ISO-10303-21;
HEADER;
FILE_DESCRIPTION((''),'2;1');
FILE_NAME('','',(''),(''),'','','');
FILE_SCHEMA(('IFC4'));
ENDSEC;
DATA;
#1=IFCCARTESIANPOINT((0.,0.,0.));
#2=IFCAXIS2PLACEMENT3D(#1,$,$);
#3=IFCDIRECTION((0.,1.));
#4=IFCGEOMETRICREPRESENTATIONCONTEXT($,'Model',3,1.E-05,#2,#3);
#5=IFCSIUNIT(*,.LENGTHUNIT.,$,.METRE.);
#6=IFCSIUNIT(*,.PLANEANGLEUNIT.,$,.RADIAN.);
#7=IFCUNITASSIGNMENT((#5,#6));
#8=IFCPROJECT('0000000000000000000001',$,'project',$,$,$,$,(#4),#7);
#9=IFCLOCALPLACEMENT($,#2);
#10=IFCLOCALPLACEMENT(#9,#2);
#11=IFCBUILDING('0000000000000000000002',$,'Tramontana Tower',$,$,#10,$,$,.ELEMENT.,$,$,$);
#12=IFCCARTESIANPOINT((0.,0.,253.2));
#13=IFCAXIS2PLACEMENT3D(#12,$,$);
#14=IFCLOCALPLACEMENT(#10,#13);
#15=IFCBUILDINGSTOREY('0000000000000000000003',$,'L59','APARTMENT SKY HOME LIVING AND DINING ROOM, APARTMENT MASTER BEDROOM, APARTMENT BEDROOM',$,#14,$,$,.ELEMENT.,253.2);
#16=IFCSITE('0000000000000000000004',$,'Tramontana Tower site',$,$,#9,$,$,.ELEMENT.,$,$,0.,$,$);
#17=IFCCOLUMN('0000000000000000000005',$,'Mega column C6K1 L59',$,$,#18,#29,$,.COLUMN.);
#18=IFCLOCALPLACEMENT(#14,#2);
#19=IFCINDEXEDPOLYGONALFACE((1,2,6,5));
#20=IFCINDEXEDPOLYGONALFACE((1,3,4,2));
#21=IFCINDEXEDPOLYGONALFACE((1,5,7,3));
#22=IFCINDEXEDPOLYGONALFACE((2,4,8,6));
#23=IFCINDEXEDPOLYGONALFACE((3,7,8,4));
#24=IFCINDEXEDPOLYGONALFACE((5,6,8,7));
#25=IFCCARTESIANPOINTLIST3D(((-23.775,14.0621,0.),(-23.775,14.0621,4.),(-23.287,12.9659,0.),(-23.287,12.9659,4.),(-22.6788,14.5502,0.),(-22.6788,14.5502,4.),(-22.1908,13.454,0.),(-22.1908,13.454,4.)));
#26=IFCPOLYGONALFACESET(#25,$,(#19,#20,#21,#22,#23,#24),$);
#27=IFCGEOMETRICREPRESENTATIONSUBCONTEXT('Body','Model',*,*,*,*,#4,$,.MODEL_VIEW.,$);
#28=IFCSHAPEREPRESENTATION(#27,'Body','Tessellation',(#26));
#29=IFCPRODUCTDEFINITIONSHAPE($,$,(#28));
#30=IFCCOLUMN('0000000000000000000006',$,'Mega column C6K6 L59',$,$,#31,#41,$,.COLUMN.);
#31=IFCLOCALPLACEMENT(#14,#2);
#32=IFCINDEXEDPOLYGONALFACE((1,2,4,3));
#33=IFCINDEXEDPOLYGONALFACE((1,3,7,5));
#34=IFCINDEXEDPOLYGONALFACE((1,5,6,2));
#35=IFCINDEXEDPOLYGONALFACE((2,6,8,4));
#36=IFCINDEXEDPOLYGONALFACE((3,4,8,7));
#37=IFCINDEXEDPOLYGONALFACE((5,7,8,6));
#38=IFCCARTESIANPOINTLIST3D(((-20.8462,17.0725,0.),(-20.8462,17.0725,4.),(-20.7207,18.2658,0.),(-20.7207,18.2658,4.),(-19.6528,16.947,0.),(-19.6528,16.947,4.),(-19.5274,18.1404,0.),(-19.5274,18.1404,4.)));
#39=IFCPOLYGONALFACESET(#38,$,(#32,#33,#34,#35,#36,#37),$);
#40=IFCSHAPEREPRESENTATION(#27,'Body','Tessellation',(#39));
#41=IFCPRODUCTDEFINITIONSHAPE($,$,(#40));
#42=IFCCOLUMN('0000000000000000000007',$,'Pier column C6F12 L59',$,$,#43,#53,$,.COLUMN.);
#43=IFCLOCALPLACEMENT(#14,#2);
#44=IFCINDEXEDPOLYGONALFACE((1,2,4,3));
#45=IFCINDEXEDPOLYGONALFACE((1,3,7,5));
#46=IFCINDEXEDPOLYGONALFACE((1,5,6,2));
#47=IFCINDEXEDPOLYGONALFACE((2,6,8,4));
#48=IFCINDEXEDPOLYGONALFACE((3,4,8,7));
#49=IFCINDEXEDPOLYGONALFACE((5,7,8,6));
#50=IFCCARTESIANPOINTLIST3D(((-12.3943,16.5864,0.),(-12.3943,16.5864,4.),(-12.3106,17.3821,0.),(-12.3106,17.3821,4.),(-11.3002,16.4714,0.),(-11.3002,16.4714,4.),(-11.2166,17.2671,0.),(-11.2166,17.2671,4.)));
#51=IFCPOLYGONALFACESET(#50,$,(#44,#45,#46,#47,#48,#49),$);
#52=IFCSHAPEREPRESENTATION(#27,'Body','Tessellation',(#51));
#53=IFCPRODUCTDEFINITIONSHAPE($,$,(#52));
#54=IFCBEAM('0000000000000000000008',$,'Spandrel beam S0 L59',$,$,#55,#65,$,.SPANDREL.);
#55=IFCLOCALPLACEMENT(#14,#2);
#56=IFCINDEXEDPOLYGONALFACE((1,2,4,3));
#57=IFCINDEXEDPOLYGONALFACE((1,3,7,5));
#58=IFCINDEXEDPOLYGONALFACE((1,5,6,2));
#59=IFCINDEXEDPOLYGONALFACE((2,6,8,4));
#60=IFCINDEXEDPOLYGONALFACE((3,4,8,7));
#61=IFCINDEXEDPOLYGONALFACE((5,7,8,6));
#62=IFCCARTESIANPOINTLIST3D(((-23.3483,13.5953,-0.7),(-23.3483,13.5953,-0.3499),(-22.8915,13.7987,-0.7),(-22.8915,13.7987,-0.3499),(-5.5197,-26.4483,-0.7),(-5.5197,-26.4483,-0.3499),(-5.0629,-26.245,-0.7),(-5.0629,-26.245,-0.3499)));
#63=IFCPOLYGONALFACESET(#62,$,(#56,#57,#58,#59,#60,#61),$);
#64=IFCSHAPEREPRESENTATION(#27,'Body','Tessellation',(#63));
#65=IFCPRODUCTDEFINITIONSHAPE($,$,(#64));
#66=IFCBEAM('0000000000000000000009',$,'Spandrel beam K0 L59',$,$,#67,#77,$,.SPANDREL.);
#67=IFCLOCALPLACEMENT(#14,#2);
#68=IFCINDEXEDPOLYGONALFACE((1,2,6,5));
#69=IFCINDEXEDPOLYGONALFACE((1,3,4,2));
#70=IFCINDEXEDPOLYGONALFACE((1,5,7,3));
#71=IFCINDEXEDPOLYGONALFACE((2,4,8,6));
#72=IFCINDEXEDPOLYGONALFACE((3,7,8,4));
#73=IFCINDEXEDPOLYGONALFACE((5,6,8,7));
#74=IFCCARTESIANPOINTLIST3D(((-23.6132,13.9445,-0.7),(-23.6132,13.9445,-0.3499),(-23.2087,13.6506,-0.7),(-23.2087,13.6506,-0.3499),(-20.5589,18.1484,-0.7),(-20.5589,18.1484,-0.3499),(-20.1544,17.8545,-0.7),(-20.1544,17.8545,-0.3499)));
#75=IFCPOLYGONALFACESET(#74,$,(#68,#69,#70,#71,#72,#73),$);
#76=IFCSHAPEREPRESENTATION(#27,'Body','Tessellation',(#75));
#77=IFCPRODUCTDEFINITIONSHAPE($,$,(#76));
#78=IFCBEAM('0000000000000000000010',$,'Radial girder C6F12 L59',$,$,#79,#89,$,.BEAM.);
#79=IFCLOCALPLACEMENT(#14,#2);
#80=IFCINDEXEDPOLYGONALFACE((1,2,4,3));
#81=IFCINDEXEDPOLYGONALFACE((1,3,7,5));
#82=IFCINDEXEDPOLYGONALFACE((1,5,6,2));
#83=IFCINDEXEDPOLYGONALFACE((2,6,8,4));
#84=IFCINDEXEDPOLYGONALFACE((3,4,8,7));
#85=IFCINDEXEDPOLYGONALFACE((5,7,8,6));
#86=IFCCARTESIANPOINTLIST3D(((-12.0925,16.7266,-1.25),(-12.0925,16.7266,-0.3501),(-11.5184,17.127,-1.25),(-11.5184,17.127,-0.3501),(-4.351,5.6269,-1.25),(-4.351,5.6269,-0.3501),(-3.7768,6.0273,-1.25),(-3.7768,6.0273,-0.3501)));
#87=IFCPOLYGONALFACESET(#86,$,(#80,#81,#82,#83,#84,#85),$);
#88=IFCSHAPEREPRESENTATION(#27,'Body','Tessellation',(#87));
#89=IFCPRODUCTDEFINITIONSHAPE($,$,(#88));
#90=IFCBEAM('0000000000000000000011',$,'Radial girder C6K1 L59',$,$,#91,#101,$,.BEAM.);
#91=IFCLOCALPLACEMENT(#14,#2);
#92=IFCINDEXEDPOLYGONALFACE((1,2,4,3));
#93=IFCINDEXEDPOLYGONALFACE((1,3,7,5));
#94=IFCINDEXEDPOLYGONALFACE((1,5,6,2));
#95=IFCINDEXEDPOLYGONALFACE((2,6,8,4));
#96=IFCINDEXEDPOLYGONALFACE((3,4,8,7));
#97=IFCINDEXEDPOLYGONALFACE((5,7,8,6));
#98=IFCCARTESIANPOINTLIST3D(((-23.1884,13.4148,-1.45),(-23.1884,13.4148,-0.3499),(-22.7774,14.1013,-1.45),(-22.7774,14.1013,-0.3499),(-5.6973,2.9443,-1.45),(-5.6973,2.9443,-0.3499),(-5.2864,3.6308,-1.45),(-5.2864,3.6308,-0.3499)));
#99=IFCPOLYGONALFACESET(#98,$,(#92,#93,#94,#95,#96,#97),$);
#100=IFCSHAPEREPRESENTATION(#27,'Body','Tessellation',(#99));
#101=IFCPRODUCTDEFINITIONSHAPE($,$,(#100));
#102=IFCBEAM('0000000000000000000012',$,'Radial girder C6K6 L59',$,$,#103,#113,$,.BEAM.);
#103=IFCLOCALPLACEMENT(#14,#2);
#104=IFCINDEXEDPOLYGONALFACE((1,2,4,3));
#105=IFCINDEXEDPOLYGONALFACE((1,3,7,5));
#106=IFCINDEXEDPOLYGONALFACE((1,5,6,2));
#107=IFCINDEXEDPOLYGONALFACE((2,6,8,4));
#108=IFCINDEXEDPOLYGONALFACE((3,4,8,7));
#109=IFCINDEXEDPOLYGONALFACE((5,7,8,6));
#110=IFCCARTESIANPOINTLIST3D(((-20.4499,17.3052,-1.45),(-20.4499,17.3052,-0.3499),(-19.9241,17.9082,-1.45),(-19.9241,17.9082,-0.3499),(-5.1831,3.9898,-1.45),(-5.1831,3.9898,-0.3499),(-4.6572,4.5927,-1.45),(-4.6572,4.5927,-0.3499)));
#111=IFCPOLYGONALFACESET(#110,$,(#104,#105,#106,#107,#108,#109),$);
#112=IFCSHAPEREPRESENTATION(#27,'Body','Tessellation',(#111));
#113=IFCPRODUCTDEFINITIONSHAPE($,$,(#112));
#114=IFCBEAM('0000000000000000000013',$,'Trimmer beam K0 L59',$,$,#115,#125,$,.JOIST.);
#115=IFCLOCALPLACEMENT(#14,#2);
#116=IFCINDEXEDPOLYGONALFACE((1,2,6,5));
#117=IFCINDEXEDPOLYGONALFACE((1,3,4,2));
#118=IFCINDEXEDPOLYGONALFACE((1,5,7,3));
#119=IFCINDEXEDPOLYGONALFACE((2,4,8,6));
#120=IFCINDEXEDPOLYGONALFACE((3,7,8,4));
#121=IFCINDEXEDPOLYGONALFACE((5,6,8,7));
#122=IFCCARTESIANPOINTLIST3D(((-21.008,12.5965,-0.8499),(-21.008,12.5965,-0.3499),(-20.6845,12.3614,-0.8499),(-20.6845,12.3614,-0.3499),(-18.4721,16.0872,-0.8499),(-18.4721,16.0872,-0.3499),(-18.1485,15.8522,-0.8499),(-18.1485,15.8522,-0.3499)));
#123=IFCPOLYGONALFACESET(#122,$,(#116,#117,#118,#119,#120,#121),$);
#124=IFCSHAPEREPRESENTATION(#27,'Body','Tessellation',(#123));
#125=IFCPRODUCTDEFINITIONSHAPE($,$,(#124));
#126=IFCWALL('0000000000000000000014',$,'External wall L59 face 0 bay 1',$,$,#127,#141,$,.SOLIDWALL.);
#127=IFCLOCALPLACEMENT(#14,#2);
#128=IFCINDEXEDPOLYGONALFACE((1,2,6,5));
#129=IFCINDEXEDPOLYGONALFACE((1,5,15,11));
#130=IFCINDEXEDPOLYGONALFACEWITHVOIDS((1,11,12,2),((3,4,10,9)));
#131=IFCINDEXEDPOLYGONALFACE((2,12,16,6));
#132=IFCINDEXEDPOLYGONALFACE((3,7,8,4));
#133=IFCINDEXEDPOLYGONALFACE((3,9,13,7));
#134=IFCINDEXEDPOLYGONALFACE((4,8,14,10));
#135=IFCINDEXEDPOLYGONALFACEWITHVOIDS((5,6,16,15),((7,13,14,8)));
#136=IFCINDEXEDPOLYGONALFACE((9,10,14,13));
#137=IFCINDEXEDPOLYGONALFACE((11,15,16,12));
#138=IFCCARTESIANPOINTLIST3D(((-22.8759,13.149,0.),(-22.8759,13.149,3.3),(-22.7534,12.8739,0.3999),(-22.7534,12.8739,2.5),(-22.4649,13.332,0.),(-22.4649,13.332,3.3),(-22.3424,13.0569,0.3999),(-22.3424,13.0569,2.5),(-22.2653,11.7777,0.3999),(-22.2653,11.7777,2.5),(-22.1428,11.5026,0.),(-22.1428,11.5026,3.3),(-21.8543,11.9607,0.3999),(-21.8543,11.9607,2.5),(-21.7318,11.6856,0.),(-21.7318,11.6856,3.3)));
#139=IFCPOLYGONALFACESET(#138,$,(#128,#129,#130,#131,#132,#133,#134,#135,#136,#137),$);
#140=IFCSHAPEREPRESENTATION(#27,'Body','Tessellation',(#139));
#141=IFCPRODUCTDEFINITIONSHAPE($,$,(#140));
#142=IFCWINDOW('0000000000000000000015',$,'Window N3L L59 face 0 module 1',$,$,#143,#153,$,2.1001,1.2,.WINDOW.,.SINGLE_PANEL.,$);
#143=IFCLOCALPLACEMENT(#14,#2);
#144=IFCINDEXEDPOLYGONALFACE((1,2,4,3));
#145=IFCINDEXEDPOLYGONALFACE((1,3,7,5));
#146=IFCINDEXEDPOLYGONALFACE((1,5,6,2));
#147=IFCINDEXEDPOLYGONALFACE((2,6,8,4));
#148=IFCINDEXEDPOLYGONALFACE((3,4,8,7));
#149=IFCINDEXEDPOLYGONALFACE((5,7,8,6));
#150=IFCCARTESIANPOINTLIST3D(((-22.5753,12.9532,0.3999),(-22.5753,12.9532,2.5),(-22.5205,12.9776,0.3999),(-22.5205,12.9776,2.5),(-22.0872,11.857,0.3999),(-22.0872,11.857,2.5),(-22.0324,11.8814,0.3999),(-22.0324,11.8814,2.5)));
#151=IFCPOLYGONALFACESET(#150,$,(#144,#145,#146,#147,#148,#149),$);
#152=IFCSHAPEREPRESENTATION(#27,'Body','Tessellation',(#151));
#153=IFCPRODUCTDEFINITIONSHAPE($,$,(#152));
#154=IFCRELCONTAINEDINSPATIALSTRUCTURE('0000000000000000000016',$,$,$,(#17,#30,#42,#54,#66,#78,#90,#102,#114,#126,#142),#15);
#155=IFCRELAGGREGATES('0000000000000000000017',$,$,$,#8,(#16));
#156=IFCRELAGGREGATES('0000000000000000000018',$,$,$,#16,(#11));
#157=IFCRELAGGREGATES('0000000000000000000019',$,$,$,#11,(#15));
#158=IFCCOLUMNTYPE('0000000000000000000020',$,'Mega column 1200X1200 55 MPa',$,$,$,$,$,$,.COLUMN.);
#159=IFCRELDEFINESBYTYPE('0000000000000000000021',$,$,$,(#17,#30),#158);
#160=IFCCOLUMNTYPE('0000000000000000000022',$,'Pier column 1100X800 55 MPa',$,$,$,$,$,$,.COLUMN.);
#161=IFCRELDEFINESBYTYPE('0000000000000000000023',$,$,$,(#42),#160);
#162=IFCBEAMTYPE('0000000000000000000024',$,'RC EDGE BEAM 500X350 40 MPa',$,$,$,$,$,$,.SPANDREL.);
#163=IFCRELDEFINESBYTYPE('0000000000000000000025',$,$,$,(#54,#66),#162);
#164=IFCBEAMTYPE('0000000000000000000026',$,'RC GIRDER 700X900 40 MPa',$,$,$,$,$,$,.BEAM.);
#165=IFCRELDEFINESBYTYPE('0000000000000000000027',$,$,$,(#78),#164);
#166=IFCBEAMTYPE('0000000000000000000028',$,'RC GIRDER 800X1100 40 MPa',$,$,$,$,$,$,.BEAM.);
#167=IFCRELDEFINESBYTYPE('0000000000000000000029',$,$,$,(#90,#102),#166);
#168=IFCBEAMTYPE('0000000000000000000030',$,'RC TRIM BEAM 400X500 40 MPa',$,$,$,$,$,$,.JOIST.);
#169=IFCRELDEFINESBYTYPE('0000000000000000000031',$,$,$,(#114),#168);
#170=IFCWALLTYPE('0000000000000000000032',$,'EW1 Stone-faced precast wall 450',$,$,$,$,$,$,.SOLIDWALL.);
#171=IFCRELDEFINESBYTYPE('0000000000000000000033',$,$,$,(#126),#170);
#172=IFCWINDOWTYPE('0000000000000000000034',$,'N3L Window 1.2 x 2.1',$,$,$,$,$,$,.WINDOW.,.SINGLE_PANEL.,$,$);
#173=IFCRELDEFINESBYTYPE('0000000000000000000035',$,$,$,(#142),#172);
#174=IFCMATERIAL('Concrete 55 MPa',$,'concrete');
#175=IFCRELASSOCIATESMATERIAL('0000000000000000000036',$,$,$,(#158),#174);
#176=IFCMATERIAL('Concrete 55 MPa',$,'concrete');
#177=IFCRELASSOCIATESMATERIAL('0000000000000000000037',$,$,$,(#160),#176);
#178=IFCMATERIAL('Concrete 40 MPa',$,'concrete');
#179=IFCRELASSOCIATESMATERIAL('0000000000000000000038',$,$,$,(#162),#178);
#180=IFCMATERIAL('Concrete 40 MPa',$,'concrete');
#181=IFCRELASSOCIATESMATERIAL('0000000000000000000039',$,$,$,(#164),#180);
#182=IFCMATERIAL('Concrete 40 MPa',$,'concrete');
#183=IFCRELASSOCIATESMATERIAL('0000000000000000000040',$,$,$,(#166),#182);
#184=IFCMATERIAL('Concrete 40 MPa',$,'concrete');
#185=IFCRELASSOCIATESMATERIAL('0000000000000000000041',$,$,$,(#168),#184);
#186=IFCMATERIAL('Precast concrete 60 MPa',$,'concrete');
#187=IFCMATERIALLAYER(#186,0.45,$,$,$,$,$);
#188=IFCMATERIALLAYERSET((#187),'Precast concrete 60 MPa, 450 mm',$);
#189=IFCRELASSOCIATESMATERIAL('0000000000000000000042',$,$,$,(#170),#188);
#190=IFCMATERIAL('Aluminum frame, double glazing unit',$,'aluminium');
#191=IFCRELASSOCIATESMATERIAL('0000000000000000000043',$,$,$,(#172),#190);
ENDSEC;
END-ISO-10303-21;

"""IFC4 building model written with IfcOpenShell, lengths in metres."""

from ifc_helpers import new_model, si_unit, direction, frame, frame_2d, origin, origin_2d, place, context, subcontext, project, spatial, rectangle, extrude, material, layer, layer_set, material_profile, profile_set, type_object, element, fill, save


model = new_model("IFC4")

# Units and contexts
model_context = context("Model", 3, precision=1e-05, world=origin(), true_north=direction((0.0, 1.0)))
body_context = subcontext(model_context, "Body", "Model", "MODEL_VIEW")
ifc_project = project(units=[si_unit("LENGTHUNIT", "METRE"), si_unit("PLANEANGLEUNIT", "RADIAN")], contexts=[model_context])

# Site, building, storey
site_placement = place(None, origin())
site = spatial("IfcSite", under=ifc_project, at=site_placement, Name="Tramontana Tower site", CompositionType="ELEMENT", RefElevation=0.0)
building_placement = place(site_placement, origin())
building = spatial("IfcBuilding", under=site, at=building_placement, Name="Tramontana Tower", CompositionType="ELEMENT")
storey_placement = place(building_placement, frame((0.0, 0.0, 253.2)))
storey = spatial("IfcBuildingStorey", under=building, at=storey_placement, Name="L59", Description="APARTMENT SKY HOME LIVING AND DINING ROOM, APARTMENT MASTER BEDROOM, APARTMENT BEDROOM", CompositionType="ELEMENT", Elevation=253.2)

# Columns
ifc_material_1 = material(Name="Concrete 55 MPa", Category="concrete")
ifc_material_profile_1 = material_profile(ifc_material_1, rectangle(XDim=1.2, YDim=1.2, at=origin_2d()), Name="Mega column 1200X1200 55 MPa")
ifc_profile_set_1 = profile_set([ifc_material_profile_1], Name="Concrete 55 MPa")
column_type_1 = type_object("IfcColumnType", Name="Mega column 1200X1200 55 MPa", PredefinedType="COLUMN", material=ifc_profile_set_1)
for number, where, z_axis, x_axis, name in (
    (1, (-22.9829, 13.7581, 0.0), (0.0, 0.0, 1.0), (0.406737, -0.913545, 0.0), "Mega column C6K1 L59"),
    (2, (-20.1868, 17.6064, 0.0), (0.0, 0.0, 1.0), (-0.994522, 0.104528, 0.0), "Mega column C6K6 L59"),
):
    element("IfcColumn", number, at=place(storey_placement, frame(where, z_axis=z_axis, x_axis=x_axis)), inside=storey, type_object=column_type_1, Name=name, PredefinedType="COLUMN", context=body_context, shape_type="SweptSolid", body=[
        extrude(rectangle(XDim=1.2, YDim=1.2, at=origin_2d()), origin(), (0.0, 0.0, 1.0), 4.0),
    ])
ifc_material_2 = material(Name="Concrete 55 MPa", Category="concrete")
ifc_material_profile_2 = material_profile(ifc_material_2, rectangle(XDim=1.1001, YDim=0.8, at=origin_2d()), Name="Pier column 1100X800 55 MPa")
ifc_profile_set_2 = profile_set([ifc_material_profile_2], Name="Concrete 55 MPa")
column_type_2 = type_object("IfcColumnType", Name="Pier column 1100X800 55 MPa", PredefinedType="COLUMN", material=ifc_profile_set_2)
column_placement = place(storey_placement, frame((-11.8054, 16.9268, 0.0), z_axis=(0.0, 0.0, 1.0), x_axis=(-0.994522, 0.104528, 0.0)))
element("IfcColumn", 3, at=column_placement, inside=storey, type_object=column_type_2, Name="Pier column C6F12 L59", PredefinedType="COLUMN", context=body_context, shape_type="SweptSolid", body=[
    extrude(rectangle(XDim=1.1001, YDim=0.8, at=origin_2d()), origin(), (0.0, 0.0, 1.0), 4.0),
])

# Beams
ifc_material_3 = material(Name="Concrete 40 MPa", Category="concrete")
ifc_material_profile_3 = material_profile(ifc_material_3, rectangle(XDim=0.5, YDim=0.3501, at=origin_2d()), Name="RC EDGE BEAM 500X350 40 MPa")
ifc_profile_set_3 = profile_set([ifc_material_profile_3], Name="Concrete 40 MPa")
beam_type_1 = type_object("IfcBeamType", Name="RC EDGE BEAM 500X350 40 MPa", PredefinedType="SPANDREL", material=ifc_profile_set_3)
beam_1_placement = place(storey_placement, frame((-23.1199, 13.697, -0.5249), z_axis=(0.406737, -0.913545, 0.0), x_axis=(0.913545, 0.406737, 0.0)))
element("IfcBeam", 4, at=beam_1_placement, inside=storey, type_object=beam_type_1, Name="Spandrel beam S0 L59", PredefinedType="SPANDREL", context=body_context, shape_type="SweptSolid", body=[
    extrude(rectangle(XDim=0.5, YDim=0.3501, at=origin_2d()), origin(), (0.0, 0.0, 1.0), 43.8333),
])
beam_2_placement = place(storey_placement, frame((-20.3567, 18.0015, -0.5249), z_axis=(-0.587775, -0.809024, 0.0), x_axis=(0.809024, -0.587775, 0.0)))
element("IfcBeam", 5, at=beam_2_placement, inside=storey, type_object=beam_type_1, Name="Spandrel beam K0 L59", PredefinedType="SPANDREL", context=body_context, shape_type="SweptSolid", body=[
    extrude(rectangle(XDim=0.5, YDim=0.3501, at=origin_2d()), origin(), (0.0, 0.0, 1.0), 5.1963),
])
ifc_material_4 = material(Name="Concrete 40 MPa", Category="concrete")
ifc_material_profile_4 = material_profile(ifc_material_4, rectangle(XDim=0.7, YDim=0.8999, at=origin_2d()), Name="RC GIRDER 700X900 40 MPa")
ifc_profile_set_4 = profile_set([ifc_material_profile_4], Name="Concrete 40 MPa")
beam_type_2 = type_object("IfcBeamType", Name="RC GIRDER 700X900 40 MPa", PredefinedType="BEAM", material=ifc_profile_set_4)
beam_3_placement = place(storey_placement, frame((-11.8054, 16.9268, -0.8), z_axis=(0.572059, -0.820212, 0.0), x_axis=(0.820212, 0.572059, 0.0)))
element("IfcBeam", 6, at=beam_3_placement, inside=storey, type_object=beam_type_2, Name="Radial girder C6F12 L59", PredefinedType="BEAM", context=body_context, shape_type="SweptSolid", body=[
    extrude(rectangle(XDim=0.7, YDim=0.8999, at=origin_2d()), origin(), (0.0, 0.0, 1.0), 13.5327),
])
ifc_material_5 = material(Name="Concrete 40 MPa", Category="concrete")
ifc_material_profile_5 = material_profile(ifc_material_5, rectangle(XDim=0.8, YDim=1.1001, at=origin_2d()), Name="RC GIRDER 800X1100 40 MPa")
ifc_profile_set_5 = profile_set([ifc_material_profile_5], Name="Concrete 40 MPa")
beam_type_3 = type_object("IfcBeamType", Name="RC GIRDER 800X1100 40 MPa", PredefinedType="BEAM", material=ifc_profile_set_5)
beam_4_placement = place(storey_placement, frame((-22.9829, 13.7581, -0.8999), z_axis=(0.858015, -0.513625, 0.0), x_axis=(0.513625, 0.858015, 0.0)))
element("IfcBeam", 7, at=beam_4_placement, inside=storey, type_object=beam_type_3, Name="Radial girder C6K1 L59", PredefinedType="BEAM", context=body_context, shape_type="SweptSolid", body=[
    extrude(rectangle(XDim=0.8, YDim=1.1001, at=origin_2d()), origin(), (0.0, 0.0, 1.0), 20.3855),
])
beam_5_placement = place(storey_placement, frame((-20.187, 17.6067, -0.8999), z_axis=(0.753629, -0.6573, 0.0), x_axis=(0.6573, 0.753629, 0.0)))
element("IfcBeam", 8, at=beam_5_placement, inside=storey, type_object=beam_type_3, Name="Radial girder C6K6 L59", PredefinedType="BEAM", context=body_context, shape_type="SweptSolid", body=[
    extrude(rectangle(XDim=0.8, YDim=1.1001, at=origin_2d()), origin(), (0.0, 0.0, 1.0), 20.2578),
])
ifc_material_6 = material(Name="Concrete 40 MPa", Category="concrete")
ifc_material_profile_6 = material_profile(ifc_material_6, rectangle(XDim=0.3999, YDim=0.5, at=origin_2d()), Name="RC TRIM BEAM 400X500 40 MPa")
ifc_profile_set_6 = profile_set([ifc_material_profile_6], Name="Concrete 40 MPa")
beam_type_4 = type_object("IfcBeamType", Name="RC TRIM BEAM 400X500 40 MPa", PredefinedType="JOIST", material=ifc_profile_set_6)
beam_6_placement = place(storey_placement, frame((-18.3103, 15.9697, -0.5999), z_axis=(-0.587744, -0.809047, 0.0), x_axis=(0.809047, -0.587744, 0.0)))
element("IfcBeam", 9, at=beam_6_placement, inside=storey, type_object=beam_type_4, Name="Trimmer beam K0 L59", PredefinedType="JOIST", context=body_context, shape_type="SweptSolid", body=[
    extrude(rectangle(XDim=0.3999, YDim=0.5, at=origin_2d()), origin(), (0.0, 0.0, 1.0), 4.3147),
])

# Wall, opening, window
ifc_material_7 = material(Name="Precast concrete 60 MPa", Category="concrete")
ifc_layer_1 = layer(ifc_material_7, 0.45)
ifc_layer_set_1 = layer_set([ifc_layer_1], Name="Precast concrete 60 MPa, 450 mm")
wall_type_1 = type_object("IfcWallType", Name="EW1 Stone-faced precast wall 450", PredefinedType="SOLIDWALL", material=ifc_layer_set_1)
wall_1_placement = place(storey_placement, frame((-22.6704, 13.2405, 0.0), z_axis=(0.0, 0.0, 1.0), x_axis=(0.406779, -0.913526, 0.0)))
wall_1 = element("IfcWall", 10, at=wall_1_placement, inside=storey, type_object=wall_type_1, Name="External wall L59 face 0 bay 1", PredefinedType="SOLIDWALL", context=body_context, shape_type="SweptSolid", body=[
    extrude(rectangle(XDim=1.8022, YDim=0.45, at=frame_2d((0.9011, 0.0))), origin(), (0.0, 0.0, 1.0), 3.3),
])
opening_1_placement = place(wall_1_placement, frame((0.301, 0.0, 0.3999)))
opening_1 = element("IfcOpeningElement", 11, at=opening_1_placement, cuts=wall_1, PredefinedType="OPENING", context=body_context, shape_type="SweptSolid", body=[
    extrude(rectangle(XDim=1.2, YDim=2.1001, at=frame_2d((0.6001, 1.05))), frame((0.0, 0.2349, 0.0), z_axis=(0.0, -1.0, 0.0), x_axis=(1.0, 0.0, 0.0)), (0.0, 0.0, 1.0), 0.47),
])
ifc_material_8 = material(Name="Aluminum frame, double glazing unit", Category="aluminium")
window_type_1 = type_object("IfcWindowType", Name="N3L Window 1.2 x 2.1", PartitioningType="SINGLE_PANEL", PredefinedType="WINDOW", material=ifc_material_8)
window_1_placement = place(opening_1_placement, origin())
window_1 = element("IfcWindow", 12, at=window_1_placement, inside=storey, type_object=window_type_1, Name="Window N3L L59 face 0 module 1", OverallHeight=2.1001, OverallWidth=1.2, PartitioningType="SINGLE_PANEL", PredefinedType="WINDOW", context=body_context, shape_type="SweptSolid", body=[
    extrude(rectangle(XDim=1.2, YDim=2.1001, at=frame_2d((0.6001, 1.05))), frame((0.0, 0.03, 0.0), z_axis=(0.0, -1.0, 0.0), x_axis=(1.0, 0.0, 0.0)), (0.0, 0.0, 1.0), 0.0601),
])
fill(opening_1, window_1)

save(model, "model.ifc")
